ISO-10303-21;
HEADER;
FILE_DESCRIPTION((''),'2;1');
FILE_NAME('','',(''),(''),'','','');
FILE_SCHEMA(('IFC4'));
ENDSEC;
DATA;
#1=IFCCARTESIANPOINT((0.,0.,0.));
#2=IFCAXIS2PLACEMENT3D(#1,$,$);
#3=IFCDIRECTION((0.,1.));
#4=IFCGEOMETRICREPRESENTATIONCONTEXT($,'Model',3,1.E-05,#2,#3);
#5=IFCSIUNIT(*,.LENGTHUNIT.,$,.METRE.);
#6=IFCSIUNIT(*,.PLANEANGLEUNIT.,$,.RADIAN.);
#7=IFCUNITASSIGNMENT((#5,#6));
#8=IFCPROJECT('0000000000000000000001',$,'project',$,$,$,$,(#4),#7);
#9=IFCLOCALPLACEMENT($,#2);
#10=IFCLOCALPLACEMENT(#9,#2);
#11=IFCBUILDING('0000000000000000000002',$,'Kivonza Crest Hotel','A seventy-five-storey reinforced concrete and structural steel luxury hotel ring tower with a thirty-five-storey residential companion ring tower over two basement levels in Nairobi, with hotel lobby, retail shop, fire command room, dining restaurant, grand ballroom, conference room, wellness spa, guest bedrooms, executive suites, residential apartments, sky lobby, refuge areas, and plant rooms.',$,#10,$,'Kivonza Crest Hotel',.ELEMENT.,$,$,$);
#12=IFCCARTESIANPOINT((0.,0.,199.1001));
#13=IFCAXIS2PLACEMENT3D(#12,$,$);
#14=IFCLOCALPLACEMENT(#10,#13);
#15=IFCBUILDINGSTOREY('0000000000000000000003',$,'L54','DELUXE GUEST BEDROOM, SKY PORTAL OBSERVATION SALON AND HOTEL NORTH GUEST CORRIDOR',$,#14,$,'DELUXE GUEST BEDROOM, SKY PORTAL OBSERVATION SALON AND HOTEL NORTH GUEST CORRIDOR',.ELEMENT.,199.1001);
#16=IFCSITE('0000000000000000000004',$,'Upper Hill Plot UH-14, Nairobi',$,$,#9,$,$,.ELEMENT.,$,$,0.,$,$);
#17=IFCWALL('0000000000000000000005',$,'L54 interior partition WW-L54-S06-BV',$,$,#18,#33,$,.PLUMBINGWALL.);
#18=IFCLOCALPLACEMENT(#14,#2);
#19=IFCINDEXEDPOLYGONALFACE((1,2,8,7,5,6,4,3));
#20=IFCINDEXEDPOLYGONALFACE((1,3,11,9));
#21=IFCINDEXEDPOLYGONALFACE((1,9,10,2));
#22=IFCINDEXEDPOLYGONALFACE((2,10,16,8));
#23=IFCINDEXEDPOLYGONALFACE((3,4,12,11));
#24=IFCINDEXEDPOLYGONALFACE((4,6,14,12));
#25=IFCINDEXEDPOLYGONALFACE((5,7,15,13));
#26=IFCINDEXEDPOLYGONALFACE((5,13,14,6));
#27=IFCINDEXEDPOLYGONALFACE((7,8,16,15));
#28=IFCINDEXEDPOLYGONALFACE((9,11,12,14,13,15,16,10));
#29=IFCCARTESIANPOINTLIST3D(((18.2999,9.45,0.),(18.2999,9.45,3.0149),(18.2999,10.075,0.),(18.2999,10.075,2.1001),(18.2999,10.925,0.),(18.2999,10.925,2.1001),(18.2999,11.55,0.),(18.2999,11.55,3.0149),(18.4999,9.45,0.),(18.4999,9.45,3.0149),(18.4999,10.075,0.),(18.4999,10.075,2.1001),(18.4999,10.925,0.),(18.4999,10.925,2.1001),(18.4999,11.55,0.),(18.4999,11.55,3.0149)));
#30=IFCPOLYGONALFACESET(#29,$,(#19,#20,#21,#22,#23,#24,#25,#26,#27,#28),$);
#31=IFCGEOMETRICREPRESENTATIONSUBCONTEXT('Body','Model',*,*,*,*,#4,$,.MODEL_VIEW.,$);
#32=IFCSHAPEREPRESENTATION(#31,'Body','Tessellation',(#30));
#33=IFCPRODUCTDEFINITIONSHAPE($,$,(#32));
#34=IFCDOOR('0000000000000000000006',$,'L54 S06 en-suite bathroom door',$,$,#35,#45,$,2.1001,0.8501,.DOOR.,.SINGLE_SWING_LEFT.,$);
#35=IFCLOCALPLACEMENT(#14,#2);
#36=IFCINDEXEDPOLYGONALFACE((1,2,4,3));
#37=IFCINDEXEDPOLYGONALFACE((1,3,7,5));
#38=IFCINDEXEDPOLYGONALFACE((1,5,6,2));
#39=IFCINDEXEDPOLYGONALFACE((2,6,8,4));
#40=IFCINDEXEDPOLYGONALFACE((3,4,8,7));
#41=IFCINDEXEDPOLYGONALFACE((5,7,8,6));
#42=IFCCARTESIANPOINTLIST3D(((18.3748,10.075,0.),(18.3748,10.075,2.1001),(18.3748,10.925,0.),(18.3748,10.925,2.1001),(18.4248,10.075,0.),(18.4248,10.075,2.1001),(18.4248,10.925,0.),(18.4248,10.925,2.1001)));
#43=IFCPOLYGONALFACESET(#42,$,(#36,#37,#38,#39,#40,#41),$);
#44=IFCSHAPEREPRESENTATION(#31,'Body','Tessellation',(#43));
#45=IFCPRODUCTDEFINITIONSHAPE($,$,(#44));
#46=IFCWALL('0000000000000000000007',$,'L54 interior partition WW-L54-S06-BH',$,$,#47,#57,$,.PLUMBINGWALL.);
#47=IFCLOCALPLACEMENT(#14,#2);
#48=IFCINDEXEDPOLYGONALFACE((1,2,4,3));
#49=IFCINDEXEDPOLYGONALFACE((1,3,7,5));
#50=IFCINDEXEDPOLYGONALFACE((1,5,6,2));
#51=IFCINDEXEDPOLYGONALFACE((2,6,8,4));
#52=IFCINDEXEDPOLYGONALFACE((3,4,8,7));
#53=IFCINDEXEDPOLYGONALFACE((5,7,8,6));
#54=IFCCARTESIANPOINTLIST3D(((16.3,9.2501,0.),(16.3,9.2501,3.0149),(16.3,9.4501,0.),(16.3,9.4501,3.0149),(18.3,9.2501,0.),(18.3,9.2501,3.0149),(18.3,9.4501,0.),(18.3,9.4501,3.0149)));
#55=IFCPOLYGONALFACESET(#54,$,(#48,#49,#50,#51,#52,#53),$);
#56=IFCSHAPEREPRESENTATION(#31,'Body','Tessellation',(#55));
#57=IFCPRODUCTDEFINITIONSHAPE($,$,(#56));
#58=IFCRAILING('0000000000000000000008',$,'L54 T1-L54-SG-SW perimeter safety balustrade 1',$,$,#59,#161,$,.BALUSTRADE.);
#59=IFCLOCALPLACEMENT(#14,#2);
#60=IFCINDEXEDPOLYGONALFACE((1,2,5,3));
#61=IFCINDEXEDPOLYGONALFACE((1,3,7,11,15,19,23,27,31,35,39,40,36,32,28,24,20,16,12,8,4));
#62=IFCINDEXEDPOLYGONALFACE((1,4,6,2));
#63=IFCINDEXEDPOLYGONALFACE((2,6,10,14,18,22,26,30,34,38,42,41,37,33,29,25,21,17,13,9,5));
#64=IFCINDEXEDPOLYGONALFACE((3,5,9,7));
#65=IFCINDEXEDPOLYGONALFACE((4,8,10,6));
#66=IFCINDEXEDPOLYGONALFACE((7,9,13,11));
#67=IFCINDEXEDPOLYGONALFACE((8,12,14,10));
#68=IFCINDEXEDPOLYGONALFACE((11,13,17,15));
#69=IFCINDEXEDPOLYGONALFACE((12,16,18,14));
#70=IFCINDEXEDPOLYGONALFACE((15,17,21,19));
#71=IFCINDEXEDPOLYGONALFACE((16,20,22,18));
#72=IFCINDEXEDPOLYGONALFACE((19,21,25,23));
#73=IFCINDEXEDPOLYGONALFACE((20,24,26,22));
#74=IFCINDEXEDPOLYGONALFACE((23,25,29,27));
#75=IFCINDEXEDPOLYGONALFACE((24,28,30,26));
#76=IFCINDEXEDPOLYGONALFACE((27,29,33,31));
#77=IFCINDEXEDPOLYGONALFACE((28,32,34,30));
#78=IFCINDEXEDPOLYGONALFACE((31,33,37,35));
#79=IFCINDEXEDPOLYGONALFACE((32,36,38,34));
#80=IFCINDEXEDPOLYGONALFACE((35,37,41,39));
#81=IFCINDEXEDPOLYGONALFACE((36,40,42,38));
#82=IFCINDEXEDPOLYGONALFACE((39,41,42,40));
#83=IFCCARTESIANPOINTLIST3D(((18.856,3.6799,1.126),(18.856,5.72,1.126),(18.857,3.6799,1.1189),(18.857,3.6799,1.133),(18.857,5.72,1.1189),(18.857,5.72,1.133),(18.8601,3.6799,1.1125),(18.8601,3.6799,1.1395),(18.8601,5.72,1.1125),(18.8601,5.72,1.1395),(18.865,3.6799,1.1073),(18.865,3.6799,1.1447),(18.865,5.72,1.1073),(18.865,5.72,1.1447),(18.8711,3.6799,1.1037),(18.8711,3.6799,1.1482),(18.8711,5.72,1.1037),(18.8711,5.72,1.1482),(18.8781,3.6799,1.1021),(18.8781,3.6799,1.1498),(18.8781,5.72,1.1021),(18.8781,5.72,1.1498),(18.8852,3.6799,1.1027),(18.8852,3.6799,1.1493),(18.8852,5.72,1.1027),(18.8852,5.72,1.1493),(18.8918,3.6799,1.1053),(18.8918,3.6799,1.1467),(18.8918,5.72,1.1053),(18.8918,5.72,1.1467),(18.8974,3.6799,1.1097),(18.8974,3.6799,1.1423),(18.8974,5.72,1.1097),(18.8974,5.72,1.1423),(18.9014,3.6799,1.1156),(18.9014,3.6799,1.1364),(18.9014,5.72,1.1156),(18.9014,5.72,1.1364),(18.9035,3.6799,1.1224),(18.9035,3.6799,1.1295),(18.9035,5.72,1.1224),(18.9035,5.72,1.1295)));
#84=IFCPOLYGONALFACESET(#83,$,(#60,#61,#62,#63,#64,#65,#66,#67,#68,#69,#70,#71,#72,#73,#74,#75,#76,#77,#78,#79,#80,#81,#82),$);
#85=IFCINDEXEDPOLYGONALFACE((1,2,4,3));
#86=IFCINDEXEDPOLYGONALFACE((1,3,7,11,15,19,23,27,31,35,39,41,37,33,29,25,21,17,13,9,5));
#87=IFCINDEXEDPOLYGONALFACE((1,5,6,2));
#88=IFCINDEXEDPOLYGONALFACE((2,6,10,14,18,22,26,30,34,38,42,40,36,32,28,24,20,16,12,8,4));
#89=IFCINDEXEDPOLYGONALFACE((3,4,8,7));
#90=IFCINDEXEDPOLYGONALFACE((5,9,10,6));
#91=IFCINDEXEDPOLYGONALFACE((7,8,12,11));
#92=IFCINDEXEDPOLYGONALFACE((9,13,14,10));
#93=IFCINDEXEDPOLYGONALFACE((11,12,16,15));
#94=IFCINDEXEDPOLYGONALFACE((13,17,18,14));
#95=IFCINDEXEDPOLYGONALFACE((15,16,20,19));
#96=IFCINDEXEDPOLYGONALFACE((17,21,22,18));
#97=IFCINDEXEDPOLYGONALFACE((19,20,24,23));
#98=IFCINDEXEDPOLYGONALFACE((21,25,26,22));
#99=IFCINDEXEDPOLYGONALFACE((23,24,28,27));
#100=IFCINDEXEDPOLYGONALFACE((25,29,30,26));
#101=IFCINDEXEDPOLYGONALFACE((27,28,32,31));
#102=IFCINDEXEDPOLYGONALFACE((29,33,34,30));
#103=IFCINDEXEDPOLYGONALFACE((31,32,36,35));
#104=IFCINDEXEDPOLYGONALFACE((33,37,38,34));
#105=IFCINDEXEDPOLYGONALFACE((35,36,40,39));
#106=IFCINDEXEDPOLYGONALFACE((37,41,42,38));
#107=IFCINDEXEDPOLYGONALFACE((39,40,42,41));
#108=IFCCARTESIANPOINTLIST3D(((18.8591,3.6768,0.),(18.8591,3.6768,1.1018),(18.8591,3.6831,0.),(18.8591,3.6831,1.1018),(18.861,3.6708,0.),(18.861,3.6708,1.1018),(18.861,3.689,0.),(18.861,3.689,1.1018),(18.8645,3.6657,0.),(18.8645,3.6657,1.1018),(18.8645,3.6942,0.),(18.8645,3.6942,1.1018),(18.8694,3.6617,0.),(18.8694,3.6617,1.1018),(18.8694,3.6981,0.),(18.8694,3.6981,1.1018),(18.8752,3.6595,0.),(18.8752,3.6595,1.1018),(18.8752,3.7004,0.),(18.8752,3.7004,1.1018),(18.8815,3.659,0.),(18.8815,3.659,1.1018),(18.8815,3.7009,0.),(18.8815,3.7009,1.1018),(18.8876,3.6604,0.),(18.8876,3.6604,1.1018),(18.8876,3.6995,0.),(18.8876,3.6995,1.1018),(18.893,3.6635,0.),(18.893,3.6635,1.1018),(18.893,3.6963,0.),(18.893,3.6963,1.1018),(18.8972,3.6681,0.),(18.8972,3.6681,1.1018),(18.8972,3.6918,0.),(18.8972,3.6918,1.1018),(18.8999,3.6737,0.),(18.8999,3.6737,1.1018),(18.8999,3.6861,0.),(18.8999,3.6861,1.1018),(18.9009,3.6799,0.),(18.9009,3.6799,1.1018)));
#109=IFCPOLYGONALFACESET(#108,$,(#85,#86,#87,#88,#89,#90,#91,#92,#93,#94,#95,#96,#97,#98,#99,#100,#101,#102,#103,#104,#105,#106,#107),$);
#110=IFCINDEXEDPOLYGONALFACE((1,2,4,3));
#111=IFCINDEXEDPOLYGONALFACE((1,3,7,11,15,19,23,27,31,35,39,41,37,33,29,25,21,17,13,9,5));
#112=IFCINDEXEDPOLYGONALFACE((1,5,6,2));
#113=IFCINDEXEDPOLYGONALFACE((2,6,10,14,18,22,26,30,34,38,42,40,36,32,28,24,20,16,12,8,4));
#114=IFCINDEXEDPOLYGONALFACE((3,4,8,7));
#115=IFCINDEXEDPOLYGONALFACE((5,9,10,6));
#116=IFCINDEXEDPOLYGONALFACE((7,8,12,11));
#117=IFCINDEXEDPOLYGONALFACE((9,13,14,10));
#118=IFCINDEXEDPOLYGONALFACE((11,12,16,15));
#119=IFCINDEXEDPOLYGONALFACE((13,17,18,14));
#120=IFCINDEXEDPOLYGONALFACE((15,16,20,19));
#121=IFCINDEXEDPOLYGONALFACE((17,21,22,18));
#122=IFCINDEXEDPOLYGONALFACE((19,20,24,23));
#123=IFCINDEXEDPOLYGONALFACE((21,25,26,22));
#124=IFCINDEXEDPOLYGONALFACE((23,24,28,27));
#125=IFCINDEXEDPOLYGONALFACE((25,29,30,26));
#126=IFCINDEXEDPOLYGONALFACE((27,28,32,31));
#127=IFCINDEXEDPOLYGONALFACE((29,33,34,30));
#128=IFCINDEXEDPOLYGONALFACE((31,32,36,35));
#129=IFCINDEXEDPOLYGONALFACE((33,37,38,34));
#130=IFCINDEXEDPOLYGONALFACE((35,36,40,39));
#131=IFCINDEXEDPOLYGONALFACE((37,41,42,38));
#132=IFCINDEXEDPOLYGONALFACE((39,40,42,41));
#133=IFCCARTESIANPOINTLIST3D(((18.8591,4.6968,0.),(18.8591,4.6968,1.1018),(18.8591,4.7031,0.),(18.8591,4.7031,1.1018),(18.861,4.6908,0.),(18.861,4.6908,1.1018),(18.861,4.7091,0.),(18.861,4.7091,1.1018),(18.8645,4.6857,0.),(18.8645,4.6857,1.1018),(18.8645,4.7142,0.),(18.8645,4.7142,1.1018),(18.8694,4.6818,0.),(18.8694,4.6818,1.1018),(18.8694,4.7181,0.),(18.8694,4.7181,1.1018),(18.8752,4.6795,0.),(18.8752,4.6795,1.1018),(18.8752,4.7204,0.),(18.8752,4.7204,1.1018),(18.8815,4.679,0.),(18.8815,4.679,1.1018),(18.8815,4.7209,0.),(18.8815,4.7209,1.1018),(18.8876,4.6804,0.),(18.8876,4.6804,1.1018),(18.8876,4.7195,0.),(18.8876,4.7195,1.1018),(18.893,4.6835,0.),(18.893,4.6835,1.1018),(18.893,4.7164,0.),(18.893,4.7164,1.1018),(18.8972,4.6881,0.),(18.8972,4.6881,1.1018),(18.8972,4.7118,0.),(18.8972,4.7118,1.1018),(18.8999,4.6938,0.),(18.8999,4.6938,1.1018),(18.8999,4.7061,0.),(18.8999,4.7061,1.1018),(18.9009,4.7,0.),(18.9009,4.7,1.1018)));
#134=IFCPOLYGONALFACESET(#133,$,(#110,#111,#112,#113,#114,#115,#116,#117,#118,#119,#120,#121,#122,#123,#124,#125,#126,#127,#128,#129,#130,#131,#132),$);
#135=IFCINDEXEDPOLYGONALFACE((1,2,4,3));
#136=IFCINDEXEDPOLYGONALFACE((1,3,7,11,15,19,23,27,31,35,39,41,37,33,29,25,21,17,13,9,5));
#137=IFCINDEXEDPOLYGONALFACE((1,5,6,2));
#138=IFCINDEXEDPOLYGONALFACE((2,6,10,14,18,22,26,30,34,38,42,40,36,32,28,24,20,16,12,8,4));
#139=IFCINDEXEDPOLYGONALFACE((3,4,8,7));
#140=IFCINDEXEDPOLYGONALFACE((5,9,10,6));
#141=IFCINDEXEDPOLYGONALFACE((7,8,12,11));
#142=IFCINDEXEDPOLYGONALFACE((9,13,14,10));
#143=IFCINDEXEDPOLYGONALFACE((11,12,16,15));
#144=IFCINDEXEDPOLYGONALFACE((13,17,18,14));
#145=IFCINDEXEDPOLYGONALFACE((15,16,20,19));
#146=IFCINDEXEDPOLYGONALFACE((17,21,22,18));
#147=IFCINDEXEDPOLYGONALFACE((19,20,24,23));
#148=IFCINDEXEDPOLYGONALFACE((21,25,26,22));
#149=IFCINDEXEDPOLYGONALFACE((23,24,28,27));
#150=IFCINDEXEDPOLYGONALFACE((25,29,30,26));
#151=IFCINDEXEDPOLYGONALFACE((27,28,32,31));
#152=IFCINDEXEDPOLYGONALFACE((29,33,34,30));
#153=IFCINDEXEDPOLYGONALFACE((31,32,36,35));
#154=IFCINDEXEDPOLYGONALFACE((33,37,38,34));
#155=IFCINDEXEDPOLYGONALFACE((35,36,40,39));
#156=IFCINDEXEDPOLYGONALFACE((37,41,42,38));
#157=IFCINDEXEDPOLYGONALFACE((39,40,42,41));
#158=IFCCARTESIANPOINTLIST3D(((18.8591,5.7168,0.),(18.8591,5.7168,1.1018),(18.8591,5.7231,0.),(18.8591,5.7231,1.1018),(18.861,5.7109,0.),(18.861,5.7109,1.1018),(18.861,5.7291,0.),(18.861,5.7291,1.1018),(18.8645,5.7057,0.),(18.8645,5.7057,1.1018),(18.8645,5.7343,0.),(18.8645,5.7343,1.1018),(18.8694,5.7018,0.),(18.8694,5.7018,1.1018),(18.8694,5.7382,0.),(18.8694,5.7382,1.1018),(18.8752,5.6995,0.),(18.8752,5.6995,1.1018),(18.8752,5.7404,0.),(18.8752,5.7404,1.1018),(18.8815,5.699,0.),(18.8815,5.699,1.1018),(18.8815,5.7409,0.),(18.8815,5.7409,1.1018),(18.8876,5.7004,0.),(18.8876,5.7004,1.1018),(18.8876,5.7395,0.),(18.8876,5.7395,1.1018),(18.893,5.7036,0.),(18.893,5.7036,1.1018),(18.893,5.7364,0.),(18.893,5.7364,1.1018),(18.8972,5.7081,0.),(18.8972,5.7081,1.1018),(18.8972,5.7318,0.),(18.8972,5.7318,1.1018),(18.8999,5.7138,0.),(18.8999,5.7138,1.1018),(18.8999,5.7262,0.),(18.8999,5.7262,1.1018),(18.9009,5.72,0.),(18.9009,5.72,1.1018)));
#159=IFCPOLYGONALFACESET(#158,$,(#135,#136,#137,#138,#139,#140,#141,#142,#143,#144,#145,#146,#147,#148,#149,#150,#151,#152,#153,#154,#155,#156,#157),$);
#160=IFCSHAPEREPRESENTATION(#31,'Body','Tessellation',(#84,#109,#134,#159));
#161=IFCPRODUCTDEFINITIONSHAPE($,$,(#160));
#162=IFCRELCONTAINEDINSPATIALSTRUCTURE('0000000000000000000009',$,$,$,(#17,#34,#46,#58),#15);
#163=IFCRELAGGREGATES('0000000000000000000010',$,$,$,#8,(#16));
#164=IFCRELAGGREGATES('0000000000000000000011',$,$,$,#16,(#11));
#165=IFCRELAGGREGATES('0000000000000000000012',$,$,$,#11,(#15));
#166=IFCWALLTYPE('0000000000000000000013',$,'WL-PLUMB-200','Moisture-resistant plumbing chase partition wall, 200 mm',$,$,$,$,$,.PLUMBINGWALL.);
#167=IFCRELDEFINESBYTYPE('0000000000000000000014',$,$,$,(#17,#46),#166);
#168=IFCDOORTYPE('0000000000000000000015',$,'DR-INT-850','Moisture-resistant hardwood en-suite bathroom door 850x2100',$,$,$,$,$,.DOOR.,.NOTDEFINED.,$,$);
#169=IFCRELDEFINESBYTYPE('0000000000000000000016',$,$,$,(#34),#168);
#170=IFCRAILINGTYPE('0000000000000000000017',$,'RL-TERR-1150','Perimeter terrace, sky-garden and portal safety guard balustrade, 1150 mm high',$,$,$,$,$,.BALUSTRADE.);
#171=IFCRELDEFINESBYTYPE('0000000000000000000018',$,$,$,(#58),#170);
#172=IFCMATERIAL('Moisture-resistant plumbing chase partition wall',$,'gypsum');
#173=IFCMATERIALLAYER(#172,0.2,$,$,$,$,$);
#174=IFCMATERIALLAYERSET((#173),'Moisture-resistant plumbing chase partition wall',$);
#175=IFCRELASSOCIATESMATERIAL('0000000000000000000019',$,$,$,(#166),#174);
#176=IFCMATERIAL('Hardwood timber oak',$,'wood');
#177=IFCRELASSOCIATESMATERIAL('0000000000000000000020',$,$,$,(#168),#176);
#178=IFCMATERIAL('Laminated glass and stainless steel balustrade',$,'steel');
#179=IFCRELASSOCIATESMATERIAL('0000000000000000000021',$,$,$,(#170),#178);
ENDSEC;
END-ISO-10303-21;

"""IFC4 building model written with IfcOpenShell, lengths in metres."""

from ifc_helpers import new_model, si_unit, direction, frame, frame_2d, origin, origin_2d, place, context, subcontext, project, spatial, rectangle, circle, extrude, material, layer, layer_set, type_object, element, fill, save


model = new_model("IFC4")

# Units and contexts
model_context = context("Model", 3, precision=1e-05, world=origin(), true_north=direction((0.0, 1.0)))
body_context = subcontext(model_context, "Body", "Model", "MODEL_VIEW")
ifc_project = project(units=[si_unit("LENGTHUNIT", "METRE"), si_unit("PLANEANGLEUNIT", "RADIAN")], contexts=[model_context])

# Site, building, storey
site_placement = place(None, origin())
site = spatial("IfcSite", under=ifc_project, at=site_placement, Name="Upper Hill Plot UH-14, Nairobi", CompositionType="ELEMENT", RefElevation=0.0)
building_placement = place(site_placement, origin())
building = spatial("IfcBuilding", under=site, at=building_placement, Name="Kivonza Crest Hotel", Description="A seventy-five-storey reinforced concrete and structural steel luxury hotel ring tower with a thirty-five-storey residential companion ring tower over two basement levels in Nairobi, with hotel lobby, retail shop, fire command room, dining restaurant, grand ballroom, conference room, wellness spa, guest bedrooms, executive suites, residential apartments, sky lobby, refuge areas, and plant rooms.", LongName="Kivonza Crest Hotel", CompositionType="ELEMENT")
storey_placement = place(building_placement, frame((0.0, 0.0, 199.1001)))
storey = spatial("IfcBuildingStorey", under=building, at=storey_placement, Name="L54", Description="DELUXE GUEST BEDROOM, SKY PORTAL OBSERVATION SALON AND HOTEL NORTH GUEST CORRIDOR", LongName="DELUXE GUEST BEDROOM, SKY PORTAL OBSERVATION SALON AND HOTEL NORTH GUEST CORRIDOR", CompositionType="ELEMENT", Elevation=199.1001)

# Shared definitions
ifc_material_1 = material(Name="Hardwood timber oak", Category="wood")

# Shared definitions
ifc_material_2 = material(Name="Moisture-resistant plumbing chase partition wall", Category="gypsum")
ifc_layer_1 = layer(ifc_material_2, 0.2)
ifc_layer_set_1 = layer_set([ifc_layer_1], Name="Moisture-resistant plumbing chase partition wall")
wall_type_1 = type_object("IfcWallType", Name="WL-PLUMB-200", Description="Moisture-resistant plumbing chase partition wall, 200 mm", PredefinedType="PLUMBINGWALL", material=ifc_layer_set_1)
door_type_1 = type_object("IfcDoorType", Name="DR-INT-850", Description="Moisture-resistant hardwood en-suite bathroom door 850x2100", OperationType="NOTDEFINED", PredefinedType="DOOR", material=ifc_material_1)

# Wall, opening, door
wall_1_placement = place(storey_placement, frame((18.3999, 9.45, 0.0), z_axis=(0.0, 0.0, 1.0), x_axis=(0.0, 1.0, 0.0)))
wall_1 = element("IfcWall", 1, at=wall_1_placement, inside=storey, type_object=wall_type_1, Name="L54 interior partition WW-L54-S06-BV", PredefinedType="PLUMBINGWALL", context=body_context, shape_type="SweptSolid", body=[
    extrude(rectangle(XDim=2.1001, YDim=0.2, at=frame_2d((1.05, 0.0))), origin(), (0.0, 0.0, 1.0), 3.0149),
])
opening_1_placement = place(wall_1_placement, frame((0.625, 0.0, 0.0)))
opening_1 = element("IfcOpeningElement", 2, at=opening_1_placement, cuts=wall_1, PredefinedType="OPENING", context=body_context, shape_type="SweptSolid", body=[
    extrude(rectangle(XDim=0.8501, YDim=2.1001, at=frame_2d((0.425, 1.05))), frame((0.0, 0.1099, 0.0), z_axis=(0.0, -1.0, 0.0), x_axis=(1.0, 0.0, 0.0)), (0.0, 0.0, 1.0), 0.22),
])
door_1_placement = place(opening_1_placement, frame((0.8501, 0.0, 0.0), z_axis=(0.0, 0.0, 1.0), x_axis=(-1.0, 0.0, 0.0)))
door_1 = element("IfcDoor", 3, at=door_1_placement, inside=storey, type_object=door_type_1, Name="L54 S06 en-suite bathroom door", OperationType="SINGLE_SWING_LEFT", OverallHeight=2.1001, OverallWidth=0.8501, PredefinedType="DOOR", context=body_context, shape_type="SweptSolid", body=[
    extrude(rectangle(XDim=0.8501, YDim=2.1001, at=frame_2d((0.425, 1.05))), frame((0.0, 0.0249, 0.0), z_axis=(0.0, -1.0, 0.0), x_axis=(1.0, 0.0, 0.0)), (0.0, 0.0, 1.0), 0.05),
])
fill(opening_1, door_1)

# Wall
wall_2_placement = place(storey_placement, frame((16.3, 9.3501, 0.0), z_axis=(0.0, 0.0, 1.0), x_axis=(1.0, 0.0, 0.0)))
element("IfcWall", 4, at=wall_2_placement, inside=storey, type_object=wall_type_1, Name="L54 interior partition WW-L54-S06-BH", PredefinedType="PLUMBINGWALL", context=body_context, shape_type="SweptSolid", body=[
    extrude(rectangle(XDim=2.0, YDim=0.2, at=frame_2d((1.0, 0.0))), origin(), (0.0, 0.0, 1.0), 3.0149),
])

# Railing
ifc_material_3 = material(Name="Laminated glass and stainless steel balustrade", Category="steel")
railing_type = type_object("IfcRailingType", Name="RL-TERR-1150", Description="Perimeter terrace, sky-garden and portal safety guard balustrade, 1150 mm high", PredefinedType="BALUSTRADE", material=ifc_material_3)
railing_placement = place(storey_placement, frame((18.8799, 3.6799, 0.0)))
element("IfcRailing", 5, at=railing_placement, inside=storey, type_object=railing_type, Name="L54 T1-L54-SG-SW perimeter safety balustrade 1", PredefinedType="BALUSTRADE", context=body_context, shape_type="SweptSolid", body=[
    extrude(circle(Radius=0.0239, at=origin_2d()), frame((0.0, 0.0, 1.126), z_axis=(0.0, 1.0, 0.0), x_axis=(-1.0, 0.0, 0.0)), (0.0, 0.0, 1.0), 2.04),
    extrude(circle(Radius=0.021, at=origin_2d()), origin(), (0.0, 0.0, 1.0), 1.1018),
    extrude(circle(Radius=0.021, at=origin_2d()), frame((0.0, 1.02, 0.0)), (0.0, 0.0, 1.0), 1.1018),
    extrude(circle(Radius=0.021, at=origin_2d()), frame((0.0, 2.04, 0.0)), (0.0, 0.0, 1.0), 1.1018),
])

save(model, "model.ifc")
